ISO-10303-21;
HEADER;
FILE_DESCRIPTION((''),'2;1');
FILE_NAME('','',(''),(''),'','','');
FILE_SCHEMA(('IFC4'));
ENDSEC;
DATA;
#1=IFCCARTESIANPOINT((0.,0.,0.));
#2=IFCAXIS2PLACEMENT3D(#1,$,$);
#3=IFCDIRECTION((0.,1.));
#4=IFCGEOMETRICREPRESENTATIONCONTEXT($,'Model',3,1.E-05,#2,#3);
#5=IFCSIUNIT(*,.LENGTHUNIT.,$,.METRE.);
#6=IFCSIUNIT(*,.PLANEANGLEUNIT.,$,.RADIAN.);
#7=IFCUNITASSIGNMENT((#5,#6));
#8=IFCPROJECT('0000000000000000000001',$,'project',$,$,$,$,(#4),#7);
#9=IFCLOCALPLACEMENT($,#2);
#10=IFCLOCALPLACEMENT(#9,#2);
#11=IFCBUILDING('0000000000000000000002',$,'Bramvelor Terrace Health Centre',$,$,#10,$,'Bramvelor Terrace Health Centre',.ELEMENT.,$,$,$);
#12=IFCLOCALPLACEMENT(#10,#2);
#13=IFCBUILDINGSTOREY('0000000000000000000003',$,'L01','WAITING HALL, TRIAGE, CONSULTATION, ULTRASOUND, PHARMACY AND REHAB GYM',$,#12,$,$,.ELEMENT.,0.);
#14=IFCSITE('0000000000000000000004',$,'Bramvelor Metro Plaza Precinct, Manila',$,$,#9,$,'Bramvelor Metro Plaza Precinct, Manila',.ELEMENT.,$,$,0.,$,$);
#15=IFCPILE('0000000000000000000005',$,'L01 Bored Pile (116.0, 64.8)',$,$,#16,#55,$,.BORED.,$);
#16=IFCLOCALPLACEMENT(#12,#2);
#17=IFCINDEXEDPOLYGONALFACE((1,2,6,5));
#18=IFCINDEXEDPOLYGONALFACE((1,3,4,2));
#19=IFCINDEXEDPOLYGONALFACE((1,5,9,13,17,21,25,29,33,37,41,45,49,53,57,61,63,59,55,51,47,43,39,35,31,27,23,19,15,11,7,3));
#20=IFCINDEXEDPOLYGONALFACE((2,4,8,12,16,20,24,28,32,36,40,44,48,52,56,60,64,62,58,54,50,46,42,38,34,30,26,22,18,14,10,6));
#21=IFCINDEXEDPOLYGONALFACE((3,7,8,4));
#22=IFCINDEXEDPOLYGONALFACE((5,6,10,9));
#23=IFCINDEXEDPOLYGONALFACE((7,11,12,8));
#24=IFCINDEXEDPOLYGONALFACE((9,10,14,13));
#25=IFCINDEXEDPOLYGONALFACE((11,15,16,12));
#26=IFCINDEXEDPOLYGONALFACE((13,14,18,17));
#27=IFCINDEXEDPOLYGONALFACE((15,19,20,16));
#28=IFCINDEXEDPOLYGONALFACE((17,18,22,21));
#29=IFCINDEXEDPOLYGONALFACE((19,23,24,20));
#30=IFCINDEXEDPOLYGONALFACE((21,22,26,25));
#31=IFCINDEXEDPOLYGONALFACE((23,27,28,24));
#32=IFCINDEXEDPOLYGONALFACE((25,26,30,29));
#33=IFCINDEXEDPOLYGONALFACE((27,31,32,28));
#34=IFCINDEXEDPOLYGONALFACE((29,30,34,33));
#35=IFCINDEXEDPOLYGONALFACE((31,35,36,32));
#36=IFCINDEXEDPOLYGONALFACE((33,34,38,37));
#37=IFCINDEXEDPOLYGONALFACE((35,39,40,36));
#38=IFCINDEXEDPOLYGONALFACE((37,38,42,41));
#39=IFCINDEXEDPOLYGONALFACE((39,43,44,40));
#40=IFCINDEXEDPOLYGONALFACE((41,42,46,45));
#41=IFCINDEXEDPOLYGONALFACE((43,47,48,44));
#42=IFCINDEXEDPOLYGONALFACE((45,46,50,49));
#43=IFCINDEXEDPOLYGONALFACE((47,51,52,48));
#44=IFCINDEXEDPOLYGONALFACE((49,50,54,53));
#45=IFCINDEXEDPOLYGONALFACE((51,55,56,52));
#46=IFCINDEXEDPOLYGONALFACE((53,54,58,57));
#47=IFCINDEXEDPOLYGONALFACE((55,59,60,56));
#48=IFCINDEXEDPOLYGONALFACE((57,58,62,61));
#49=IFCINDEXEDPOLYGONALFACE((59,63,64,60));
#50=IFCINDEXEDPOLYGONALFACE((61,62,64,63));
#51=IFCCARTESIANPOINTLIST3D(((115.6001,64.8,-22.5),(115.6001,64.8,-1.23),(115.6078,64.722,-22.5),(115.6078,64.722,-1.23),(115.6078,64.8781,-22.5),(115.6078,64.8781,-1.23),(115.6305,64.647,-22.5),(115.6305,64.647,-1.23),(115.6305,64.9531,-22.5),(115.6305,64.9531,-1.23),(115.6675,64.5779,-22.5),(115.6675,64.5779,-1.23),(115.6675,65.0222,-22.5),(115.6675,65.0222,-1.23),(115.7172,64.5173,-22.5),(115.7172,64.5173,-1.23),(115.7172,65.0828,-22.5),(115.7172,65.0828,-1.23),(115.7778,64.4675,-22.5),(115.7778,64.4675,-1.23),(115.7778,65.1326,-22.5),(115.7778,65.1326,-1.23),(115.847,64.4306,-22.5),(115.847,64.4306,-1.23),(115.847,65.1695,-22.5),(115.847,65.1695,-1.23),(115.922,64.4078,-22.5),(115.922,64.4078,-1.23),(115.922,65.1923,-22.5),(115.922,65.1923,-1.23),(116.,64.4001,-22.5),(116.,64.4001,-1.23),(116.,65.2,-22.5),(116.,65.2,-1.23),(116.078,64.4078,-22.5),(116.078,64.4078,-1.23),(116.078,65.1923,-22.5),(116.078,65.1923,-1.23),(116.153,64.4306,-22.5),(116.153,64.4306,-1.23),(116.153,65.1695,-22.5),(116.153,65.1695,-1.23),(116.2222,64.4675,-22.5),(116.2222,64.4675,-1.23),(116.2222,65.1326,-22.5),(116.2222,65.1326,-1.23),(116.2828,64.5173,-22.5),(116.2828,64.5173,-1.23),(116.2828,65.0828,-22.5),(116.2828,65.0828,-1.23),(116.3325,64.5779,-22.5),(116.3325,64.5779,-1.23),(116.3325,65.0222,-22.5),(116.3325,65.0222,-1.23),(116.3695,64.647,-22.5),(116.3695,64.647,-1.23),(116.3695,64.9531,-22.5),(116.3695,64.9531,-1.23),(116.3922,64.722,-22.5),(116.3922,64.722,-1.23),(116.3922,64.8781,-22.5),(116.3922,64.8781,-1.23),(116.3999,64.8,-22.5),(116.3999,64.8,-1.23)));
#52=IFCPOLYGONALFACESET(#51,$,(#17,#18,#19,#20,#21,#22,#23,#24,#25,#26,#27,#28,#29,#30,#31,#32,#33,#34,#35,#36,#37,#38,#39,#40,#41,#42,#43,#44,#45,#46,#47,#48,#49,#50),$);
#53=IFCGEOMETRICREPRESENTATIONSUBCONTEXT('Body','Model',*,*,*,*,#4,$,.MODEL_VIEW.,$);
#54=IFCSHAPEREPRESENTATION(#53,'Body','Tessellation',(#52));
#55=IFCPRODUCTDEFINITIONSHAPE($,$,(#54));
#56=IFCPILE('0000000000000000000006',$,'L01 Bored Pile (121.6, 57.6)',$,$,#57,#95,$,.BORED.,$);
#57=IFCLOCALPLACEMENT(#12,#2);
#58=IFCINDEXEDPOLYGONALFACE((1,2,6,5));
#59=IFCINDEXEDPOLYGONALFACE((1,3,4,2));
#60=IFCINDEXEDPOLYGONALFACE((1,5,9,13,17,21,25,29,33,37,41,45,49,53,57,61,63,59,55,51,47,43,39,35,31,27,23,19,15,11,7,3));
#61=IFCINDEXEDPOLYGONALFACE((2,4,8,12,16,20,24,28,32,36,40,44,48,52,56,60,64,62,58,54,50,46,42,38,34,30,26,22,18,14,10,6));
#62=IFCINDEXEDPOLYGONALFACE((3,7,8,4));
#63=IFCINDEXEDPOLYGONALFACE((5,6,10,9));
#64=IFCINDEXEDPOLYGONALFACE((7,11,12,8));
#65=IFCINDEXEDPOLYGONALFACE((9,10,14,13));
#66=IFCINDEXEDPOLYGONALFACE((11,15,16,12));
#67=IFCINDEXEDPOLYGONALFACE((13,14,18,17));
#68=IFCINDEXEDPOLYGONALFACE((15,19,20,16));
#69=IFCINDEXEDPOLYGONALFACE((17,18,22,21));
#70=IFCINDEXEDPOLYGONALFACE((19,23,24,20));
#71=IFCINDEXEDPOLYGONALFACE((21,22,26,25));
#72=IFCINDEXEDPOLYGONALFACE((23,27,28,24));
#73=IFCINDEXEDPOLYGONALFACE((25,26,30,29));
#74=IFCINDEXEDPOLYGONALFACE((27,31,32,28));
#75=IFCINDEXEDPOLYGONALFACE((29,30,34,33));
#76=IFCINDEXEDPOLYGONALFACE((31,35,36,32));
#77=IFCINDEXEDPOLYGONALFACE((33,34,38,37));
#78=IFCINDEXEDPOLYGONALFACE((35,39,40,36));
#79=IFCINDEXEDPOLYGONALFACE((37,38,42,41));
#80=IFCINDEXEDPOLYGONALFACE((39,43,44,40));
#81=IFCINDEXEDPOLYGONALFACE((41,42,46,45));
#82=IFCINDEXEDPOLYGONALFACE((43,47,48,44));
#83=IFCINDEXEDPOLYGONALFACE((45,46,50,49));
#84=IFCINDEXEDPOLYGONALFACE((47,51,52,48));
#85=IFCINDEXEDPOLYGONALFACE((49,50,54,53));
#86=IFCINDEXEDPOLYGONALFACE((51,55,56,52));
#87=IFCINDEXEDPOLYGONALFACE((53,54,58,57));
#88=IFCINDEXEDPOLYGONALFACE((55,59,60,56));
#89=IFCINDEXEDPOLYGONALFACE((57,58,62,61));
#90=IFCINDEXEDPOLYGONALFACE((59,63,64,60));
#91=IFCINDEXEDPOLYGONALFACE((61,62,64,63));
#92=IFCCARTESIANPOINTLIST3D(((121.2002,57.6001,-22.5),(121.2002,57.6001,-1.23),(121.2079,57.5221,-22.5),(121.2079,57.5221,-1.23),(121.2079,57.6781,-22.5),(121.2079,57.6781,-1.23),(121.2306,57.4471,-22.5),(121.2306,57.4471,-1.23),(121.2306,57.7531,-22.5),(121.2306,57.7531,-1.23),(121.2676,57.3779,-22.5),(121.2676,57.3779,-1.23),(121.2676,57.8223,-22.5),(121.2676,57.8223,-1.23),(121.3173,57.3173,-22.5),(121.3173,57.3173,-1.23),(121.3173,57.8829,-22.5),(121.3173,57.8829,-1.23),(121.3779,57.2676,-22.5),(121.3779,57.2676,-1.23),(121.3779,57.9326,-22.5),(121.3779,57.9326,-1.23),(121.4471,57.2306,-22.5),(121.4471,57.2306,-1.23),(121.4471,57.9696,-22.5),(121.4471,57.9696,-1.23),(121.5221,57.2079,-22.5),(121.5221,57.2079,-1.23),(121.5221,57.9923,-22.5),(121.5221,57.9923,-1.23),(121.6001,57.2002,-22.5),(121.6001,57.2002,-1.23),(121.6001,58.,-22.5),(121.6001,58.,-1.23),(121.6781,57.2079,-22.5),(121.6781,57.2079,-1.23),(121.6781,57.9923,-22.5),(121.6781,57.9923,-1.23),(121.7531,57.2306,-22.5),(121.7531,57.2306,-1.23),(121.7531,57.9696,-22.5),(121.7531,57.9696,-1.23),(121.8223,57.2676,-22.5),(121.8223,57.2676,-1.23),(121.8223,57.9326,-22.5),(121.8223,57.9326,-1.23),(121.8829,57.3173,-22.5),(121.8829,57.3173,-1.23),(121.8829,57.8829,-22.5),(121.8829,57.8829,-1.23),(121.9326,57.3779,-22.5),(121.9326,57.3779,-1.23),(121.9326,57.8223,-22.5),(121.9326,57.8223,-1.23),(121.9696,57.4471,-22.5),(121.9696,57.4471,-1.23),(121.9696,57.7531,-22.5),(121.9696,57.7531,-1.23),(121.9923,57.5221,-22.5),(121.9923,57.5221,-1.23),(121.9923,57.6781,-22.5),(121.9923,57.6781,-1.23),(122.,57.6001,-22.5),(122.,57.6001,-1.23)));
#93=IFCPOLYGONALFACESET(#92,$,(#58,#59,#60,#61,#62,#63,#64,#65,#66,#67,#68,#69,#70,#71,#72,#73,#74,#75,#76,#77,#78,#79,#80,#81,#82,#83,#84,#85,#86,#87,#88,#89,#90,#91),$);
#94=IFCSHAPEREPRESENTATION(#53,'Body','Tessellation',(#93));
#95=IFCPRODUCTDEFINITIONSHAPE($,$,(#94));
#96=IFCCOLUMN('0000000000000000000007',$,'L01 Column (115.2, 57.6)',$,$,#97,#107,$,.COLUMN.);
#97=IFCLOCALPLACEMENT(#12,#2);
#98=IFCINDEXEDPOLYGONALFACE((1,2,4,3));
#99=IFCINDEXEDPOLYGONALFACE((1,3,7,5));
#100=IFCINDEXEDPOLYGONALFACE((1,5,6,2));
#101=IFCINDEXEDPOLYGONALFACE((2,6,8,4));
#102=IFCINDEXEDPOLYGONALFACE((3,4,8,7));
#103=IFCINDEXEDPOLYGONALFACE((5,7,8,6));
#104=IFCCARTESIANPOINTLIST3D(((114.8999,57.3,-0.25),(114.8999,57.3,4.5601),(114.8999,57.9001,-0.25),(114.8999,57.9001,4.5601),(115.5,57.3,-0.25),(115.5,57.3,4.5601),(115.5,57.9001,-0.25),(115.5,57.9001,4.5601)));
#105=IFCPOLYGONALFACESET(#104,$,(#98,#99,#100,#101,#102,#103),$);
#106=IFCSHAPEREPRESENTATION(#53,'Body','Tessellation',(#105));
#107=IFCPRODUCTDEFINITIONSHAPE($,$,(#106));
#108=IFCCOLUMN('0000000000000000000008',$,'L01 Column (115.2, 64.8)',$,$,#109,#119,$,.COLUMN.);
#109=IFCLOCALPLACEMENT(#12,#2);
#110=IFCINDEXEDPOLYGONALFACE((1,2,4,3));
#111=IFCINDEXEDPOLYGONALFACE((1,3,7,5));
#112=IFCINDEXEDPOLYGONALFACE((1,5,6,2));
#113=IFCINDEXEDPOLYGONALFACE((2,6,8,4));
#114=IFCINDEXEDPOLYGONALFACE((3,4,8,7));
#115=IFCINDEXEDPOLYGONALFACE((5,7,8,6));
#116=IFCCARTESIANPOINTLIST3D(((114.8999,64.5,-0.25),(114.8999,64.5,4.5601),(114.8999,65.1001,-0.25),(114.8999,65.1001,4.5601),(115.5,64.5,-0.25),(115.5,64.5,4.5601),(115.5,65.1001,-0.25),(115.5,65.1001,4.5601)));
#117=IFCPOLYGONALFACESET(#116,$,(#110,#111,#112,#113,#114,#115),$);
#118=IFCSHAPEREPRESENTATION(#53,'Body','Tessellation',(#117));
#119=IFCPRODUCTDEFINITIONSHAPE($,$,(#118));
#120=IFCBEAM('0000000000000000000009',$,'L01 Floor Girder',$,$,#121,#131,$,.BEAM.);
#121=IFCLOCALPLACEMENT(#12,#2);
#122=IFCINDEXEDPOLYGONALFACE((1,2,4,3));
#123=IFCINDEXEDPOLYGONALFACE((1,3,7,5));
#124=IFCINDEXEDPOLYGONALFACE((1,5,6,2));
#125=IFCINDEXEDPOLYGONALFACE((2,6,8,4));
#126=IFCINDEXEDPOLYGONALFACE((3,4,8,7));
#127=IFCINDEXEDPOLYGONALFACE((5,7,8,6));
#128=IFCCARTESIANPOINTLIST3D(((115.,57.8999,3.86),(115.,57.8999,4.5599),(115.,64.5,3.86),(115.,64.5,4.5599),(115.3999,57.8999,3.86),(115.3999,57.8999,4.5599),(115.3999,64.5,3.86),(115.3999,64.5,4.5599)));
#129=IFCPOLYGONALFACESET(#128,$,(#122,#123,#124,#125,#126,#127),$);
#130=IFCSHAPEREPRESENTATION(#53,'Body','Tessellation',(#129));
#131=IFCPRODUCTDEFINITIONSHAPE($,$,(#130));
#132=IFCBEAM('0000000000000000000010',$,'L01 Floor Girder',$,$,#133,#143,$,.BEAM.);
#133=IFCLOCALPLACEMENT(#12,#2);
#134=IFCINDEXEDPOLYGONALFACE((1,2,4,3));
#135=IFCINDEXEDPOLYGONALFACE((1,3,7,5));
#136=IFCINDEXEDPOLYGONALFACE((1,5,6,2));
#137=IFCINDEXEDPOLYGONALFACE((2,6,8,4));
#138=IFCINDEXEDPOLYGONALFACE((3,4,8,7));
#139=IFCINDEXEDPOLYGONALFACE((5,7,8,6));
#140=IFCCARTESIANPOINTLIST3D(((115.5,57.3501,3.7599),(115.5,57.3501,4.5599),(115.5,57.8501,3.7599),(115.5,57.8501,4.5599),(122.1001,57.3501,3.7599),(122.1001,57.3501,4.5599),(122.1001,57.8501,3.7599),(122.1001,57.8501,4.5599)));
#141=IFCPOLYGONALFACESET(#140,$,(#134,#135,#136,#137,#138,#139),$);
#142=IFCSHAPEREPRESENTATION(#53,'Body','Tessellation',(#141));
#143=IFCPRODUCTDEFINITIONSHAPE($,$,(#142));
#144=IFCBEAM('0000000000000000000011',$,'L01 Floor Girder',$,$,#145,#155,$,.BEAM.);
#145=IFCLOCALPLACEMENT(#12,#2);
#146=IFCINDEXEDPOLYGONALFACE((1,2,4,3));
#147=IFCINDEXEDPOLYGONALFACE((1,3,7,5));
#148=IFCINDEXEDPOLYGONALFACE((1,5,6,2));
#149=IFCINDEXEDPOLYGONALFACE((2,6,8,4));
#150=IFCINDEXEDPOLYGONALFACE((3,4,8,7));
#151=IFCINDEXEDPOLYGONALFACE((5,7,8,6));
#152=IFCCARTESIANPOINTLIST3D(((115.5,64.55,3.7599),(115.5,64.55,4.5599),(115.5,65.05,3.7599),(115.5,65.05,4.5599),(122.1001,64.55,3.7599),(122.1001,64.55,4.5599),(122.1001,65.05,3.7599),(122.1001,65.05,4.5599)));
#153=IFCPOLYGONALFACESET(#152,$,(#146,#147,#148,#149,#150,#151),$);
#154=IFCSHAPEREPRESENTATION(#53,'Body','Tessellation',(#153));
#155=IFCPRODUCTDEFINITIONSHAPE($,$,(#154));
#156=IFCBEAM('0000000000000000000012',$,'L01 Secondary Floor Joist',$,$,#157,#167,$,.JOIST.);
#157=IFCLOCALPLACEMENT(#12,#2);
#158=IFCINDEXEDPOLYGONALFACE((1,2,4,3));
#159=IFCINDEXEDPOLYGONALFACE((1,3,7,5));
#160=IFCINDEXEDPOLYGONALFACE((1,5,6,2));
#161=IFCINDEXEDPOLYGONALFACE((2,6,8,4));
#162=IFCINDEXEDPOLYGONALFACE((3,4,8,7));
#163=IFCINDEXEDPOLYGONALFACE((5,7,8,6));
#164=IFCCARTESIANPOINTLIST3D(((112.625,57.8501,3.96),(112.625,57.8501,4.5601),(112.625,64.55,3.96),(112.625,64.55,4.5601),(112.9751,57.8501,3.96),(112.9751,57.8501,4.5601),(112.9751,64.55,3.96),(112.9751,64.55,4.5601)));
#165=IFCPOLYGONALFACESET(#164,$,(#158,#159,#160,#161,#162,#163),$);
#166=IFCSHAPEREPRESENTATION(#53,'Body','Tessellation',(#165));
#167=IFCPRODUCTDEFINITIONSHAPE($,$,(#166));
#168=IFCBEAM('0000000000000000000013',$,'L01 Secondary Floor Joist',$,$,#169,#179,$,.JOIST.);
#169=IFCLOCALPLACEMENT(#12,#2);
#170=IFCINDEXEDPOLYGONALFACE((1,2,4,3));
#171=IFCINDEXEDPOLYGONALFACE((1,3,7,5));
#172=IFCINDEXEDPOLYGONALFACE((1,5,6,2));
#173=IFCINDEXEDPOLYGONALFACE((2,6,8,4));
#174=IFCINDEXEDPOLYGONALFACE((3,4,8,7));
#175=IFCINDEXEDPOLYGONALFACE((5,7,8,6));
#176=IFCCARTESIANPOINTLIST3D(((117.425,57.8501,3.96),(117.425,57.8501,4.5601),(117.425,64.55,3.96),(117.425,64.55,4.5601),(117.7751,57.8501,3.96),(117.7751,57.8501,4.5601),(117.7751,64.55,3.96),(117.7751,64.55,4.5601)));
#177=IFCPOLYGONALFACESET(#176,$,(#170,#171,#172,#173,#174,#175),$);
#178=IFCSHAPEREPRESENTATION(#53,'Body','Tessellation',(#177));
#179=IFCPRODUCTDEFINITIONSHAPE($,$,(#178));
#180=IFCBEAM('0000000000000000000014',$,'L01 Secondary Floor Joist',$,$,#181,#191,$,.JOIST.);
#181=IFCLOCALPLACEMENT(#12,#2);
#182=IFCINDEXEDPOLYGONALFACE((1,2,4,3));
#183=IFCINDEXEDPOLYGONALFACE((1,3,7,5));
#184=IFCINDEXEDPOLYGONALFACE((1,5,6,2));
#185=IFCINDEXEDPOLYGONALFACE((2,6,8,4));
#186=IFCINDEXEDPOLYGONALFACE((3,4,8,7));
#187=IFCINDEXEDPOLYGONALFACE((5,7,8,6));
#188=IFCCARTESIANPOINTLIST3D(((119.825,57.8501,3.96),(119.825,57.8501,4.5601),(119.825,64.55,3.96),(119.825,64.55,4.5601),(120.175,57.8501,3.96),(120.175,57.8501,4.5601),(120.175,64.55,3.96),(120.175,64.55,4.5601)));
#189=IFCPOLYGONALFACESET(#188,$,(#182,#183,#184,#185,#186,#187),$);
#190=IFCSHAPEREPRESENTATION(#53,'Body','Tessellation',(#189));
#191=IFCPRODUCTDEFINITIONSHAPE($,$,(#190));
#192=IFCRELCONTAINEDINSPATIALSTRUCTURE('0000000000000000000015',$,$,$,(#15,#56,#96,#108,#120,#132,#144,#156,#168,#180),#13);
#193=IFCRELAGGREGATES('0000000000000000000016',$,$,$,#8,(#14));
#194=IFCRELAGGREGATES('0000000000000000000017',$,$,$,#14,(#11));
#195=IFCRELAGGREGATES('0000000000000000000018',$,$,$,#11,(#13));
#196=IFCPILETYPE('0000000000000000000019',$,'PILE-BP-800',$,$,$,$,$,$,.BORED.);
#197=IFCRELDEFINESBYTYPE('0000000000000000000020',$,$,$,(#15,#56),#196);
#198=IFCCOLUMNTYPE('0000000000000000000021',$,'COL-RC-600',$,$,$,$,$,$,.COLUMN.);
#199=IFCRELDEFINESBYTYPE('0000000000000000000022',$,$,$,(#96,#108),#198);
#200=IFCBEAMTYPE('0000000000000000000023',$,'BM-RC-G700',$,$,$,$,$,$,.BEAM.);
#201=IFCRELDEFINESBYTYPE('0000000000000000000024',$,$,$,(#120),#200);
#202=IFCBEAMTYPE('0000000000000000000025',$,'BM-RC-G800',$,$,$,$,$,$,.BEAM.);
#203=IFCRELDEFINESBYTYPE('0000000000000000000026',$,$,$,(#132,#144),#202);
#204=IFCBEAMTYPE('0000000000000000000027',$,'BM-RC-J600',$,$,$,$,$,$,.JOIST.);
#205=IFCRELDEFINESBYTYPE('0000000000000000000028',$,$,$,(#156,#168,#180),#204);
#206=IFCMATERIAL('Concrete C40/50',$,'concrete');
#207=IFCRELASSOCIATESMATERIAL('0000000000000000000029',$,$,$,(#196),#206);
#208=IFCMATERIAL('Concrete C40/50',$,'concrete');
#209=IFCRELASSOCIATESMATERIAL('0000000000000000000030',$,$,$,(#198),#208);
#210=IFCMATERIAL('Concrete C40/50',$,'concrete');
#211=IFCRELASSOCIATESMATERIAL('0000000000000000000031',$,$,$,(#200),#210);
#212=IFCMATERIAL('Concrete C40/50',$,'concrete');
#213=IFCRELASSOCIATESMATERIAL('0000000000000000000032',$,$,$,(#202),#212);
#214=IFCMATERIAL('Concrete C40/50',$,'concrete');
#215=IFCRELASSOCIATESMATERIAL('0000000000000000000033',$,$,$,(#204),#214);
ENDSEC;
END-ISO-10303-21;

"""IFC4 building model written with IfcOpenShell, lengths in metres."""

from ifc_helpers import new_model, si_unit, direction, frame, origin, origin_2d, place, context, subcontext, project, spatial, rectangle, circle, extrude, material, material_profile, profile_set, type_object, element, save


model = new_model("IFC4")

# Units and contexts
model_context = context("Model", 3, precision=1e-05, world=origin(), true_north=direction((0.0, 1.0)))
body_context = subcontext(model_context, "Body", "Model", "MODEL_VIEW")
ifc_project = project(units=[si_unit("LENGTHUNIT", "METRE"), si_unit("PLANEANGLEUNIT", "RADIAN")], contexts=[model_context])

# Site, building, storey
site_placement = place(None, origin())
site = spatial("IfcSite", under=ifc_project, at=site_placement, Name="Bramvelor Metro Plaza Precinct, Manila", LongName="Bramvelor Metro Plaza Precinct, Manila", CompositionType="ELEMENT", RefElevation=0.0)
building_placement = place(site_placement, origin())
building = spatial("IfcBuilding", under=site, at=building_placement, Name="Bramvelor Terrace Health Centre", LongName="Bramvelor Terrace Health Centre", CompositionType="ELEMENT")
storey_placement = place(building_placement, origin())
storey = spatial("IfcBuildingStorey", under=building, at=storey_placement, Name="L01", Description="WAITING HALL, TRIAGE, CONSULTATION, ULTRASOUND, PHARMACY AND REHAB GYM", CompositionType="ELEMENT", Elevation=0.0)

# Piles
ifc_material_1 = material(Name="Concrete C40/50", Category="concrete")
ifc_material_profile_1 = material_profile(ifc_material_1, circle(Radius=0.3999, at=origin_2d()), Name="BP D800")
ifc_profile_set_1 = profile_set([ifc_material_profile_1], Name="Concrete C40/50")
pile_type = type_object("IfcPileType", Name="PILE-BP-800", PredefinedType="BORED", material=ifc_profile_set_1)
for number, where, z_axis, x_axis, name in (
    (1, (116.0, 64.8, -1.23), (0.0, 0.0, -1.0), (1.0, 0.0, 0.0), "L01 Bored Pile (116.0, 64.8)"),
    (2, (121.6001, 57.6001, -1.23), (0.0, 0.0, -1.0), (1.0, 0.0, 0.0), "L01 Bored Pile (121.6, 57.6)"),
):
    element("IfcPile", number, at=place(storey_placement, frame(where, z_axis=z_axis, x_axis=x_axis)), inside=storey, type_object=pile_type, Name=name, PredefinedType="BORED", context=body_context, shape_type="SweptSolid", body=[
        extrude(circle(Radius=0.3999, at=origin_2d()), origin(), (0.0, 0.0, 1.0), 21.27),
    ])

# Columns
ifc_material_2 = material(Name="Concrete C40/50", Category="concrete")
ifc_material_profile_2 = material_profile(ifc_material_2, rectangle(XDim=0.6001, YDim=0.6001, at=origin_2d()), Name="RC 600x600")
ifc_profile_set_2 = profile_set([ifc_material_profile_2], Name="Concrete C40/50")
column_type = type_object("IfcColumnType", Name="COL-RC-600", PredefinedType="COLUMN", material=ifc_profile_set_2)
for number, where, z_axis, x_axis, name in (
    (3, (115.2, 57.6001, -0.25), (0.0, 0.0, 1.0), (1.0, 0.0, 0.0), "L01 Column (115.2, 57.6)"),
    (4, (115.2, 64.8, -0.25), (0.0, 0.0, 1.0), (1.0, 0.0, 0.0), "L01 Column (115.2, 64.8)"),
):
    element("IfcColumn", number, at=place(storey_placement, frame(where, z_axis=z_axis, x_axis=x_axis)), inside=storey, type_object=column_type, Name=name, PredefinedType="COLUMN", context=body_context, shape_type="SweptSolid", body=[
        extrude(rectangle(XDim=0.6001, YDim=0.6001, at=origin_2d()), origin(), (0.0, 0.0, 1.0), 4.8101),
    ])

# Beams
ifc_material_3 = material(Name="Concrete C40/50", Category="concrete")
ifc_material_profile_3 = material_profile(ifc_material_3, rectangle(XDim=0.3999, YDim=0.7, at=origin_2d()), Name="RC 400x700")
ifc_profile_set_3 = profile_set([ifc_material_profile_3], Name="Concrete C40/50")
beam_type_1 = type_object("IfcBeamType", Name="BM-RC-G700", PredefinedType="BEAM", material=ifc_profile_set_3)
beam_placement = place(storey_placement, frame((115.2, 57.8999, 4.21), z_axis=(0.0, 1.0, 0.0), x_axis=(-1.0, 0.0, 0.0)))
element("IfcBeam", 5, at=beam_placement, inside=storey, type_object=beam_type_1, Name="L01 Floor Girder", PredefinedType="BEAM", context=body_context, shape_type="SweptSolid", body=[
    extrude(rectangle(XDim=0.3999, YDim=0.7, at=origin_2d()), origin(), (0.0, 0.0, 1.0), 6.6001),
])
ifc_material_4 = material(Name="Concrete C40/50", Category="concrete")
ifc_material_profile_4 = material_profile(ifc_material_4, rectangle(XDim=0.5, YDim=0.8, at=origin_2d()), Name="RC 500x800")
ifc_profile_set_4 = profile_set([ifc_material_profile_4], Name="Concrete C40/50")
beam_type_2 = type_object("IfcBeamType", Name="BM-RC-G800", PredefinedType="BEAM", material=ifc_profile_set_4)
for number, where, z_axis, x_axis, name in (
    (6, (115.5, 57.6001, 4.1599), (1.0, 0.0, 0.0), (0.0, 1.0, 0.0), "L01 Floor Girder"),
    (7, (115.5, 64.8, 4.1599), (1.0, 0.0, 0.0), (0.0, 1.0, 0.0), "L01 Floor Girder"),
):
    element("IfcBeam", number, at=place(storey_placement, frame(where, z_axis=z_axis, x_axis=x_axis)), inside=storey, type_object=beam_type_2, Name=name, PredefinedType="BEAM", context=body_context, shape_type="SweptSolid", body=[
        extrude(rectangle(XDim=0.5, YDim=0.8, at=origin_2d()), origin(), (0.0, 0.0, 1.0), 6.6001),
    ])
ifc_material_5 = material(Name="Concrete C40/50", Category="concrete")
ifc_material_profile_5 = material_profile(ifc_material_5, rectangle(XDim=0.3501, YDim=0.6001, at=origin_2d()), Name="RC 350x600")
ifc_profile_set_5 = profile_set([ifc_material_profile_5], Name="Concrete C40/50")
beam_type_3 = type_object("IfcBeamType", Name="BM-RC-J600", PredefinedType="JOIST", material=ifc_profile_set_5)
for number, where, z_axis, x_axis, name in (
    (8, (112.8, 57.8501, 4.26), (0.0, 1.0, 0.0), (-1.0, 0.0, 0.0), "L01 Secondary Floor Joist"),
    (9, (117.6001, 57.8501, 4.26), (0.0, 1.0, 0.0), (-1.0, 0.0, 0.0), "L01 Secondary Floor Joist"),
    (10, (120.0, 57.8501, 4.26), (0.0, 1.0, 0.0), (-1.0, 0.0, 0.0), "L01 Secondary Floor Joist"),
):
    element("IfcBeam", number, at=place(storey_placement, frame(where, z_axis=z_axis, x_axis=x_axis)), inside=storey, type_object=beam_type_3, Name=name, PredefinedType="JOIST", context=body_context, shape_type="SweptSolid", body=[
        extrude(rectangle(XDim=0.3501, YDim=0.6001, at=origin_2d()), origin(), (0.0, 0.0, 1.0), 6.7),
    ])

save(model, "model.ifc")
